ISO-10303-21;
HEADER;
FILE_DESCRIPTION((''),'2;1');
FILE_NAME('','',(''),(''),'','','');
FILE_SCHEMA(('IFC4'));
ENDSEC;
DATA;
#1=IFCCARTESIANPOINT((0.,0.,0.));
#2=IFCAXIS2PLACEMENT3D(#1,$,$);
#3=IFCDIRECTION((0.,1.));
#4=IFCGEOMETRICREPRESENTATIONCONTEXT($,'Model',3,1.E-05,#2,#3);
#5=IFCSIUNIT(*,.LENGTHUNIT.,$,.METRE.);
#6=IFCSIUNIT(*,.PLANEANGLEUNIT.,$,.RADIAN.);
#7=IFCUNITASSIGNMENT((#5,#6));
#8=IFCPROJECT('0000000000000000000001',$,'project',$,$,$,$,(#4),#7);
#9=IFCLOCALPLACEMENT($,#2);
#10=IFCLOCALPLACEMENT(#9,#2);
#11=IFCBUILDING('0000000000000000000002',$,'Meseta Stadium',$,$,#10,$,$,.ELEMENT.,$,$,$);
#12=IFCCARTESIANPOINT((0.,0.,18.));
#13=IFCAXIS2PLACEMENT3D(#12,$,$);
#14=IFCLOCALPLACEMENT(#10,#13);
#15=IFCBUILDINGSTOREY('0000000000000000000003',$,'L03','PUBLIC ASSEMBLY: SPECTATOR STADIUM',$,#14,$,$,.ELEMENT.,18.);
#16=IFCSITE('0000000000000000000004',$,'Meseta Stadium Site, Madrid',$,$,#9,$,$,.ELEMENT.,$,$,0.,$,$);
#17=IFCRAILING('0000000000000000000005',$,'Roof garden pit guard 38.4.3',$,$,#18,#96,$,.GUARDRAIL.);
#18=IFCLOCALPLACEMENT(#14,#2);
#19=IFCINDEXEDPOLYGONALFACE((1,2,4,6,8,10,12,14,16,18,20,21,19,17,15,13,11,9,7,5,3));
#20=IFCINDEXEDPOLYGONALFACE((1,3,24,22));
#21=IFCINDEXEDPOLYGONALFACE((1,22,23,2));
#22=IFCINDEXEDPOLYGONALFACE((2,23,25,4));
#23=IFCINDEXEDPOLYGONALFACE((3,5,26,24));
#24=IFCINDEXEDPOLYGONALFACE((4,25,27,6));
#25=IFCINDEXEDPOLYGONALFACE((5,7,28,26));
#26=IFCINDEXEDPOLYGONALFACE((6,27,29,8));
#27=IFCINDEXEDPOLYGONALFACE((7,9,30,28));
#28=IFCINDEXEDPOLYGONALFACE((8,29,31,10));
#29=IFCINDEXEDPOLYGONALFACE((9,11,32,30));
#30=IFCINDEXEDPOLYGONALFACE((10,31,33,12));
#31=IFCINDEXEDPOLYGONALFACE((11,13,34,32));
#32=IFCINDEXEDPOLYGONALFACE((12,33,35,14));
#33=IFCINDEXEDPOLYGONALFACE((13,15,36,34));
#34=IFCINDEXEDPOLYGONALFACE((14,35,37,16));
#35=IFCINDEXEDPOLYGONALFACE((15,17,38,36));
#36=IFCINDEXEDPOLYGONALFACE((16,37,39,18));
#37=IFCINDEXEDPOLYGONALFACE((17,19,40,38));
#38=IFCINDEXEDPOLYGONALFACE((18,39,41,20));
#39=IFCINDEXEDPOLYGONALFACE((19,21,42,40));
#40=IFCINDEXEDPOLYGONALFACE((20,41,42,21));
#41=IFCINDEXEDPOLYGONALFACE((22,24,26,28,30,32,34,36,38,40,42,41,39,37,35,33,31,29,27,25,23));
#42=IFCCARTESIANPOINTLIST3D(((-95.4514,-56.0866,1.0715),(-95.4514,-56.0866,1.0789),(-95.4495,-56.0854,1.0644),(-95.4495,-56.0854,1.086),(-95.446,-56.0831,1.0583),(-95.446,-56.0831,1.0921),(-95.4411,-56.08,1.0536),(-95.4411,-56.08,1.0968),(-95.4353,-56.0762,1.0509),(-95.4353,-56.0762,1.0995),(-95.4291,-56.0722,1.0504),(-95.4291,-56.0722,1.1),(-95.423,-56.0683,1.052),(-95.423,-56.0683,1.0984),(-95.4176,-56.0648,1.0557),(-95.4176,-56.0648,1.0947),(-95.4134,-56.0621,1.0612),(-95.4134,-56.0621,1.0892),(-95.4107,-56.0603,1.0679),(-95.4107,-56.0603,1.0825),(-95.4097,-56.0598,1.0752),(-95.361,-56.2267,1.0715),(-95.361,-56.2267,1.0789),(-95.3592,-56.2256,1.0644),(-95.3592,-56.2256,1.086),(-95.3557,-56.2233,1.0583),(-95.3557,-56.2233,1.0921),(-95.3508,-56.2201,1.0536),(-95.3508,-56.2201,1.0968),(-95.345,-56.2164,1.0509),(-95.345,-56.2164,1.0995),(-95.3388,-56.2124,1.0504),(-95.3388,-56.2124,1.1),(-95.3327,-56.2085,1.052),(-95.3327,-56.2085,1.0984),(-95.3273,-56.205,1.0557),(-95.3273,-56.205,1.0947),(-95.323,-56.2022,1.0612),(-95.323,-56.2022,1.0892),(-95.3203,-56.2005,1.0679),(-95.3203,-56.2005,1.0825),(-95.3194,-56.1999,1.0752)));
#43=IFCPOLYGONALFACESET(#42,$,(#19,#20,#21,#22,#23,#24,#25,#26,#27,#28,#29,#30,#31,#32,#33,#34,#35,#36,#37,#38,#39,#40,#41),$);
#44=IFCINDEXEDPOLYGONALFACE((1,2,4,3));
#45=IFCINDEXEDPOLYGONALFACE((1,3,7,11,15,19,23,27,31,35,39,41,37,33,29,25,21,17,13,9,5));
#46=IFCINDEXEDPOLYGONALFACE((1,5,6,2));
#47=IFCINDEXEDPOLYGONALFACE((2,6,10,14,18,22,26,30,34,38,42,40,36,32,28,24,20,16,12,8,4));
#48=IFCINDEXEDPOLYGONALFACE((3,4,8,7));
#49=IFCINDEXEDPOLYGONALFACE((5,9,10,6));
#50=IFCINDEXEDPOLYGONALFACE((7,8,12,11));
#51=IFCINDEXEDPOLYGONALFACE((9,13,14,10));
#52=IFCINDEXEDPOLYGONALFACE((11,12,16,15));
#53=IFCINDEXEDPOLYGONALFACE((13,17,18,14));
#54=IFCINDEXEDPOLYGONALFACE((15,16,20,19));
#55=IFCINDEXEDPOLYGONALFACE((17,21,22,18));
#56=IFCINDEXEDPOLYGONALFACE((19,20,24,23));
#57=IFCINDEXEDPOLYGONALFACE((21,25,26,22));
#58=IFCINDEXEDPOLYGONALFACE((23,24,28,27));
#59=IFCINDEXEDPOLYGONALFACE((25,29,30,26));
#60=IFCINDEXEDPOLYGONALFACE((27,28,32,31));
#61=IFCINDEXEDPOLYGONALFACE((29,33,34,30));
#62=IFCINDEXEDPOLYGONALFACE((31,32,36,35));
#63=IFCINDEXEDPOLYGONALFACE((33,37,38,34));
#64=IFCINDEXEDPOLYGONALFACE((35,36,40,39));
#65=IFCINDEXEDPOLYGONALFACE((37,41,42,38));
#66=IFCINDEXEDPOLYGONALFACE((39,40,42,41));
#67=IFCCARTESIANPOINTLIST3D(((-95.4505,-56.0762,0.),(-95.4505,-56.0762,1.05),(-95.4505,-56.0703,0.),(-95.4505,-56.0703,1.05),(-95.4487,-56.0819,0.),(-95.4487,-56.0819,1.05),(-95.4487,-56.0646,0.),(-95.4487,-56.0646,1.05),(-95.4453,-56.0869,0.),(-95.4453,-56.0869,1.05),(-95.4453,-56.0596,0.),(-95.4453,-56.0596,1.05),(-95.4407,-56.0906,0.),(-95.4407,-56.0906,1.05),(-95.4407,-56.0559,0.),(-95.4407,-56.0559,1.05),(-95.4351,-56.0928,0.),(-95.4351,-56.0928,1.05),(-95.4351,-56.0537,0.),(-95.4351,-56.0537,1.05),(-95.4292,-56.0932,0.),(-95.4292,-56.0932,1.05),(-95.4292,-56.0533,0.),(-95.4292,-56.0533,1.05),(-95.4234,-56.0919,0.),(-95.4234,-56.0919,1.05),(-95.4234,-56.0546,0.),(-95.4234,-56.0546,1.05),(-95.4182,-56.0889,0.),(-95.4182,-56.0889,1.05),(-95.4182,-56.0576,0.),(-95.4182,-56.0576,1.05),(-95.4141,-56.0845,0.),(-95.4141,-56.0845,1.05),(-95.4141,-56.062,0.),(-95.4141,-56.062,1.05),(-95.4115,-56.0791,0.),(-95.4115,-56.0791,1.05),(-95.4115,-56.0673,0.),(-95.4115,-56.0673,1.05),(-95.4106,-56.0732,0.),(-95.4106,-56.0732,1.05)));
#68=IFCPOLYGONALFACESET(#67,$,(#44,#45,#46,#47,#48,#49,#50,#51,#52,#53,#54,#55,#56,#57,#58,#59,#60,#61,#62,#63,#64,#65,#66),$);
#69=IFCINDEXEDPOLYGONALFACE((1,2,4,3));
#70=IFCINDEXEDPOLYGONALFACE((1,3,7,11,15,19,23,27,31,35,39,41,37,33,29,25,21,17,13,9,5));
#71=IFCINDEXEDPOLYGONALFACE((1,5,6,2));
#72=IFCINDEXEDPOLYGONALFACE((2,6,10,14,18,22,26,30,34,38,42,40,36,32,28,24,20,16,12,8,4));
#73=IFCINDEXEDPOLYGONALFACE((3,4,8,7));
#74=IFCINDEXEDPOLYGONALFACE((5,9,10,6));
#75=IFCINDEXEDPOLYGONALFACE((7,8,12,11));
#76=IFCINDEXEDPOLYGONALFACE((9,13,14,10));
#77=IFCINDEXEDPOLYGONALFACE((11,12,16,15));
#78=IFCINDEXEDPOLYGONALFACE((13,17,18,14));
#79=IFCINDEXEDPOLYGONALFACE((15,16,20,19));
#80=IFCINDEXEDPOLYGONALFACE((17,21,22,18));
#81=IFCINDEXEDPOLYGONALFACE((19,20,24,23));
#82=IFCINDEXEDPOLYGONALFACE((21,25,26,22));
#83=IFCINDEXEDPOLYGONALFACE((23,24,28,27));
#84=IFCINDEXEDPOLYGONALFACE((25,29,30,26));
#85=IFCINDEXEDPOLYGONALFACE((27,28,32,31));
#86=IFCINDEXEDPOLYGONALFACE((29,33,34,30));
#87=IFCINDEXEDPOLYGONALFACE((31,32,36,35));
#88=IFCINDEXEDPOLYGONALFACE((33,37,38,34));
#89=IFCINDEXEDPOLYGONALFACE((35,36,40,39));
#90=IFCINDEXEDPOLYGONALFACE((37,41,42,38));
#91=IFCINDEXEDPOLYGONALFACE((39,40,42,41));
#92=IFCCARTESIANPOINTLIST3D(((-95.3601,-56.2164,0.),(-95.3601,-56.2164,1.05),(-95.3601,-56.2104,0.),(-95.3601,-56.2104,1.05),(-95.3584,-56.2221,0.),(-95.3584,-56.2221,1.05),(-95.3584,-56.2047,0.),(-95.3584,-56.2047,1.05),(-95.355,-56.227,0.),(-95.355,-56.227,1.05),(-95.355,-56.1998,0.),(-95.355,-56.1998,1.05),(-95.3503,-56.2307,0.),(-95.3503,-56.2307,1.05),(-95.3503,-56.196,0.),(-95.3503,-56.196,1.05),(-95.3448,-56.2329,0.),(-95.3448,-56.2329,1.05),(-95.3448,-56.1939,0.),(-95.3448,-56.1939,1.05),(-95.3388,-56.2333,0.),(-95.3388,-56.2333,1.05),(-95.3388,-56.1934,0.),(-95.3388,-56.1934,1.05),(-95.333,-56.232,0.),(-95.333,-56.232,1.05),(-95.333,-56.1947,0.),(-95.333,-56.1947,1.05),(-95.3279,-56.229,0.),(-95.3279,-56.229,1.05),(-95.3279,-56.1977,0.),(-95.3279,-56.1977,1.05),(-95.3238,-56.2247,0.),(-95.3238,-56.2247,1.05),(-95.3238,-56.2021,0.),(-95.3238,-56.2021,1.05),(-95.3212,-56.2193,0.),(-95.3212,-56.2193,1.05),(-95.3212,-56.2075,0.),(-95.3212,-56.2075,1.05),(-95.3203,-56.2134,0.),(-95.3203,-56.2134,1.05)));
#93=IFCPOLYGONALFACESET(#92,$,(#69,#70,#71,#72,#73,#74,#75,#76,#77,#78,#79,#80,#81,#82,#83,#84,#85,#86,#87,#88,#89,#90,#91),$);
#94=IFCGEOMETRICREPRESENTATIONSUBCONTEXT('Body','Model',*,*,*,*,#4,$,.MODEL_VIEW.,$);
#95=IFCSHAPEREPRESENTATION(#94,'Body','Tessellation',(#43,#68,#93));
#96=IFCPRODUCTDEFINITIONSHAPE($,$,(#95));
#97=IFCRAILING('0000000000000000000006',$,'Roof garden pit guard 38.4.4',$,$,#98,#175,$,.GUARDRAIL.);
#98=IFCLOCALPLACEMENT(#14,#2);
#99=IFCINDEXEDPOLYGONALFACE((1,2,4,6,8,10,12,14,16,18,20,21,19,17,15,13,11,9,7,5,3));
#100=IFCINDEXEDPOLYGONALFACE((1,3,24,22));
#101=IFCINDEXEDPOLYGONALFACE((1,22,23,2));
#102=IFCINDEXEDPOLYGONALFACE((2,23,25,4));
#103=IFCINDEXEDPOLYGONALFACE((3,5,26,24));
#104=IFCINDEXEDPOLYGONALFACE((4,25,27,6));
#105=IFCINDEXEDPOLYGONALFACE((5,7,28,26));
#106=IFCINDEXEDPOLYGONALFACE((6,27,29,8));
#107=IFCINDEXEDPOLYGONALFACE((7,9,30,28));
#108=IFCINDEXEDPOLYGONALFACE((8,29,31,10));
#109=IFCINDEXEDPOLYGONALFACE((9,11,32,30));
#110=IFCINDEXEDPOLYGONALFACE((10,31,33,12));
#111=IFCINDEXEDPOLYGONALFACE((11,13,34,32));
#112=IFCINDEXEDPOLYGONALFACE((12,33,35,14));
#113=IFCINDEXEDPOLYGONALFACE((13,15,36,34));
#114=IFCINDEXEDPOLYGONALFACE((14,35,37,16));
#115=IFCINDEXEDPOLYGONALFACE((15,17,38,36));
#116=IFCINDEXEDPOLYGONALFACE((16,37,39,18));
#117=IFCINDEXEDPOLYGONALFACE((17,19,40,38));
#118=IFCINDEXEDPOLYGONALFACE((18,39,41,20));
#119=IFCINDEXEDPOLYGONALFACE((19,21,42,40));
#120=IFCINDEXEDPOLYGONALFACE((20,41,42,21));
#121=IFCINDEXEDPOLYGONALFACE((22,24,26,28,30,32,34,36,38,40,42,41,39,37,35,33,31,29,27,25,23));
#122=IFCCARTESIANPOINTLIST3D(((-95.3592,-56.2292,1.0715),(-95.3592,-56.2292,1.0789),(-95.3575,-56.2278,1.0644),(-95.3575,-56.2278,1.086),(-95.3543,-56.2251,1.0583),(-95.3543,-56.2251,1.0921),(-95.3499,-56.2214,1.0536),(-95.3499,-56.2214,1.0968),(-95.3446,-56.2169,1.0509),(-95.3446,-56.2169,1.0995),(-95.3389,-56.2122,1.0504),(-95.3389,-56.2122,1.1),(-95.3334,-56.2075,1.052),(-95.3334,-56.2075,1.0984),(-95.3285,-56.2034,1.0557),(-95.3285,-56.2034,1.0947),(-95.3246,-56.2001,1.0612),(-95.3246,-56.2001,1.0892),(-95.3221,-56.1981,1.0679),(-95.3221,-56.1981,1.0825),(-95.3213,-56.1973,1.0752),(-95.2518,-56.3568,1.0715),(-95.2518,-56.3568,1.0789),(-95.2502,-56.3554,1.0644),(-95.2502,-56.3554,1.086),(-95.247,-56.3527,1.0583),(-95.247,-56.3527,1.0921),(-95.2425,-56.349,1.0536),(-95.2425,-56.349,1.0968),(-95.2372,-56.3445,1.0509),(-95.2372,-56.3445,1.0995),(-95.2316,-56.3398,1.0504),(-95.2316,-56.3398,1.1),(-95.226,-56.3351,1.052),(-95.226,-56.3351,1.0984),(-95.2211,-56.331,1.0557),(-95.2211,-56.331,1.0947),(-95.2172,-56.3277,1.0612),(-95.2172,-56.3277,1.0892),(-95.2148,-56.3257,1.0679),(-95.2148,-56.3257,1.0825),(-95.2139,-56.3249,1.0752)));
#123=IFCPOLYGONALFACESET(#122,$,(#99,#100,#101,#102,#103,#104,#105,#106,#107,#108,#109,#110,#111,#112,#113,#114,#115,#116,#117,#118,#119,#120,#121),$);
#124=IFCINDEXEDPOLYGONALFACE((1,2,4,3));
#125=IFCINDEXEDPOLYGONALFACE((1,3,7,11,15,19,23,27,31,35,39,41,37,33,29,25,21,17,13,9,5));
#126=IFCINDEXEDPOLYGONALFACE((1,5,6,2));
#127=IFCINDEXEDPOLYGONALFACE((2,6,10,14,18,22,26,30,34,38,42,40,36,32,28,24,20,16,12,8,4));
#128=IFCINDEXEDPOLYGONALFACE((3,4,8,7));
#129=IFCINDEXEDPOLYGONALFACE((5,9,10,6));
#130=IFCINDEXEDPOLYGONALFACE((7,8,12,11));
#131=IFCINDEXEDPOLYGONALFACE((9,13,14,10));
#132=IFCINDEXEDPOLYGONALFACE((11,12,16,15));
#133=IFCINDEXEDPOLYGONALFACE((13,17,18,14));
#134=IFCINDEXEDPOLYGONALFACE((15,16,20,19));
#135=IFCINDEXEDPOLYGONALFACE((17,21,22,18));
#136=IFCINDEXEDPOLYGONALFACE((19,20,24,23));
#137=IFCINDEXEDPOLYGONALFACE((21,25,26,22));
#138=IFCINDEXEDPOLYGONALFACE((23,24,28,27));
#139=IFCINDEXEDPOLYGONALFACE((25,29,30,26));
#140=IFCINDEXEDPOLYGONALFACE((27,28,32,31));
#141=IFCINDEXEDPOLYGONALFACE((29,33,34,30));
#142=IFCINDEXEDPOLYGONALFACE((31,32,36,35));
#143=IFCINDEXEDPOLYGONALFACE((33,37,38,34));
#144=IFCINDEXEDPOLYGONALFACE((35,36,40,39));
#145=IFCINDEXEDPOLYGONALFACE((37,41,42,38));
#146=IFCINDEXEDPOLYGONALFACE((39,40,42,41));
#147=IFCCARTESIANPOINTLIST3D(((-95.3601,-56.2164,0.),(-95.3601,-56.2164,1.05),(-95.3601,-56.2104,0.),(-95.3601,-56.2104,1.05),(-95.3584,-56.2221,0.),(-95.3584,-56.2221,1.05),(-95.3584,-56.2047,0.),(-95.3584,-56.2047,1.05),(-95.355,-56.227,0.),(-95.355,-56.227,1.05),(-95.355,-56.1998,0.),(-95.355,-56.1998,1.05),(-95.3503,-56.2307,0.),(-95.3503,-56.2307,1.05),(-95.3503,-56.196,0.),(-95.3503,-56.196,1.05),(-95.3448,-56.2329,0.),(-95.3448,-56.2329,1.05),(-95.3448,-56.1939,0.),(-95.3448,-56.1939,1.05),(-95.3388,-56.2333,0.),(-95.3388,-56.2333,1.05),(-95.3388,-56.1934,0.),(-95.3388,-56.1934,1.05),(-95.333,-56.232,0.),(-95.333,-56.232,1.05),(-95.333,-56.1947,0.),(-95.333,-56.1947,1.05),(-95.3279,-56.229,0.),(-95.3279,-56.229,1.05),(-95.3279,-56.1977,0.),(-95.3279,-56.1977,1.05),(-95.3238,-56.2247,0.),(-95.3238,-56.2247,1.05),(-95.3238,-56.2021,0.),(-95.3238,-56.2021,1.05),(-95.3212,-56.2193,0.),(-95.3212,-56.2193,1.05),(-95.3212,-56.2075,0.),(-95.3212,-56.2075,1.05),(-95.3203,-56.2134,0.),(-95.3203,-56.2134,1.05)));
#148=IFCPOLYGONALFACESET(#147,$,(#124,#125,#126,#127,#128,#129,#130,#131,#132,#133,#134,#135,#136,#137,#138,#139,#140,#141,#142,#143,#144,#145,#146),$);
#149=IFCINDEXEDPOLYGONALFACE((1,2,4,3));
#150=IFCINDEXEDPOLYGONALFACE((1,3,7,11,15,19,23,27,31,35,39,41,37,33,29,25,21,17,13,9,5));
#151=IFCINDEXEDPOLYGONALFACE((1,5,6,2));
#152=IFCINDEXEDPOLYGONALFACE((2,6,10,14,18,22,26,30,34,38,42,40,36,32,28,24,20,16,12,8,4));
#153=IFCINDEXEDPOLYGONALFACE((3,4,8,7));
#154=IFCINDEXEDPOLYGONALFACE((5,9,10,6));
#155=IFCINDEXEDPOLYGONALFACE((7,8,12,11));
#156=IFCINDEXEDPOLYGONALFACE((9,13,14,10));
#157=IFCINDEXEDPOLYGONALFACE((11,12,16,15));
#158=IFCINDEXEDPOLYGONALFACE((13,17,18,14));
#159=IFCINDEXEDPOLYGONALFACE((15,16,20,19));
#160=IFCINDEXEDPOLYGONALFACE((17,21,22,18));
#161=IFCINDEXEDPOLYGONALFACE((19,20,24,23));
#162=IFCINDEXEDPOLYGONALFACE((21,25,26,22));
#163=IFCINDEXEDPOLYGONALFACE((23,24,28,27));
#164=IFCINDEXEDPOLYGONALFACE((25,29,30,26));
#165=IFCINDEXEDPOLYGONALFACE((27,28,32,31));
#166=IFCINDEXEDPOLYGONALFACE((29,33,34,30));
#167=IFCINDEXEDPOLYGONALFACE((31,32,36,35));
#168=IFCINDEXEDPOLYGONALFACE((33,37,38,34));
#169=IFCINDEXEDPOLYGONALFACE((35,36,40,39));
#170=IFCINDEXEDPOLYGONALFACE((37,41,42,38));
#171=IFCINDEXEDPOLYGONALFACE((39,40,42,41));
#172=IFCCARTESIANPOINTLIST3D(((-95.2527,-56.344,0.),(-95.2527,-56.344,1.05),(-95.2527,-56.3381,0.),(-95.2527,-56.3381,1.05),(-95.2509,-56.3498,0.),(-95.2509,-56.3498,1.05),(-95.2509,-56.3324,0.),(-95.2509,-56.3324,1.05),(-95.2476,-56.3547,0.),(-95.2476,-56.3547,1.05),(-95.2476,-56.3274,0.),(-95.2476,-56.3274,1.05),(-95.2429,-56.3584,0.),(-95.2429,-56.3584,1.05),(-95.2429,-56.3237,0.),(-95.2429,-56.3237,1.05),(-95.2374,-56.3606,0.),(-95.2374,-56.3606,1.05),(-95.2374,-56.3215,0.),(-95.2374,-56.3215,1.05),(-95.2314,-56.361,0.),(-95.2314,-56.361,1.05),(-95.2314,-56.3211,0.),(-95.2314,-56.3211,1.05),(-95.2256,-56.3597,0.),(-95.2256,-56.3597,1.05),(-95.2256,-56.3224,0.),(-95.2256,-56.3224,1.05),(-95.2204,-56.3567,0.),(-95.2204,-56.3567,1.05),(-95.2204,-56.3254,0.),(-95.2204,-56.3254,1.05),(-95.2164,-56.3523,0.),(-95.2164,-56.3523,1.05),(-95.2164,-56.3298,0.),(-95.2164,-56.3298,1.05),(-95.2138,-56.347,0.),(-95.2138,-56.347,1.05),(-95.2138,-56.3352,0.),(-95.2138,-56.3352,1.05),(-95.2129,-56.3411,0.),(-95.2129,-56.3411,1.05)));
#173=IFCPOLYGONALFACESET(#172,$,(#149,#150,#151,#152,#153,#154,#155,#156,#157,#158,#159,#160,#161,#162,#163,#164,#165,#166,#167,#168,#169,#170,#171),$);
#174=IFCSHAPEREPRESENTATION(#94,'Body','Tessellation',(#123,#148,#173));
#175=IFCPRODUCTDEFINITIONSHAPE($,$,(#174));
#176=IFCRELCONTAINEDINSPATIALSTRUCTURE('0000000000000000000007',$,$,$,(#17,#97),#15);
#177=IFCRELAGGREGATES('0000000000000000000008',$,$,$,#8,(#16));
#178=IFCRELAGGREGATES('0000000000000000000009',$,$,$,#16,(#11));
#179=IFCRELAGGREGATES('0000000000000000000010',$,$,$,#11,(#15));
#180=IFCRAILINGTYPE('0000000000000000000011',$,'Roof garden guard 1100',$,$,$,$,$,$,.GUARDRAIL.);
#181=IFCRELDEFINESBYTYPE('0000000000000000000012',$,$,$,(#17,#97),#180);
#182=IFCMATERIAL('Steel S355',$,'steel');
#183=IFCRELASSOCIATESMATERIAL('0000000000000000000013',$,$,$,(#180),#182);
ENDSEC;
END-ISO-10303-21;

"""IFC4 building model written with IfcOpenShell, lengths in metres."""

from ifc_helpers import new_model, si_unit, direction, frame, origin, origin_2d, place, context, subcontext, project, spatial, circle, extrude, material, type_object, element, save


model = new_model("IFC4")

# Units and contexts
model_context = context("Model", 3, precision=1e-05, world=origin(), true_north=direction((0.0, 1.0)))
body_context = subcontext(model_context, "Body", "Model", "MODEL_VIEW")
ifc_project = project(units=[si_unit("LENGTHUNIT", "METRE"), si_unit("PLANEANGLEUNIT", "RADIAN")], contexts=[model_context])

# Site, building, storey
site_placement = place(None, origin())
site = spatial("IfcSite", under=ifc_project, at=site_placement, Name="Meseta Stadium Site, Madrid", CompositionType="ELEMENT", RefElevation=0.0)
building_placement = place(site_placement, origin())
building = spatial("IfcBuilding", under=site, at=building_placement, Name="Meseta Stadium", CompositionType="ELEMENT")
storey_placement = place(building_placement, frame((0.0, 0.0, 18.0)))
storey = spatial("IfcBuildingStorey", under=building, at=storey_placement, Name="L03", Description="PUBLIC ASSEMBLY: SPECTATOR STADIUM", CompositionType="ELEMENT", Elevation=18.0)

# Railings
ifc_material_1 = material(Name="Steel S355", Category="steel")
railing_type_1 = type_object("IfcRailingType", Name="Roof garden guard 1100", PredefinedType="GUARDRAIL", material=ifc_material_1)
railing_1_placement = place(storey_placement, frame((-95.4307, -56.0732, 0.0)))
element("IfcRailing", 1, at=railing_1_placement, inside=storey, type_object=railing_type_1, Name="Roof garden pit guard 38.4.3", PredefinedType="GUARDRAIL", context=body_context, shape_type="SweptSolid", body=[
    extrude(circle(Radius=0.0249, at=origin_2d()), frame((0.0, 0.0, 1.0752), z_axis=(0.541793, -0.840512, 0.0), x_axis=(0.840512, 0.541793, 0.0)), (0.0, 0.0, 1.0), 0.1667),
    extrude(circle(Radius=0.02, at=origin_2d()), origin(), (0.0, 0.0, 1.0), 1.05),
    extrude(circle(Radius=0.02, at=origin_2d()), frame((0.0903, -0.1401, 0.0)), (0.0, 0.0, 1.0), 1.05),
])
railing_2_placement = place(storey_placement, frame((-95.3403, -56.2134, 0.0)))
element("IfcRailing", 2, at=railing_2_placement, inside=storey, type_object=railing_type_1, Name="Roof garden pit guard 38.4.4", PredefinedType="GUARDRAIL", context=body_context, shape_type="SweptSolid", body=[
    extrude(circle(Radius=0.0249, at=origin_2d()), frame((0.0, 0.0, 1.0752), z_axis=(0.643775, -0.765215, 0.0), x_axis=(0.765215, 0.643775, 0.0)), (0.0, 0.0, 1.0), 0.1667),
    extrude(circle(Radius=0.02, at=origin_2d()), origin(), (0.0, 0.0, 1.0), 1.05),
    extrude(circle(Radius=0.02, at=origin_2d()), frame((0.1074, -0.1277, 0.0)), (0.0, 0.0, 1.0), 1.05),
])

save(model, "model.ifc")
